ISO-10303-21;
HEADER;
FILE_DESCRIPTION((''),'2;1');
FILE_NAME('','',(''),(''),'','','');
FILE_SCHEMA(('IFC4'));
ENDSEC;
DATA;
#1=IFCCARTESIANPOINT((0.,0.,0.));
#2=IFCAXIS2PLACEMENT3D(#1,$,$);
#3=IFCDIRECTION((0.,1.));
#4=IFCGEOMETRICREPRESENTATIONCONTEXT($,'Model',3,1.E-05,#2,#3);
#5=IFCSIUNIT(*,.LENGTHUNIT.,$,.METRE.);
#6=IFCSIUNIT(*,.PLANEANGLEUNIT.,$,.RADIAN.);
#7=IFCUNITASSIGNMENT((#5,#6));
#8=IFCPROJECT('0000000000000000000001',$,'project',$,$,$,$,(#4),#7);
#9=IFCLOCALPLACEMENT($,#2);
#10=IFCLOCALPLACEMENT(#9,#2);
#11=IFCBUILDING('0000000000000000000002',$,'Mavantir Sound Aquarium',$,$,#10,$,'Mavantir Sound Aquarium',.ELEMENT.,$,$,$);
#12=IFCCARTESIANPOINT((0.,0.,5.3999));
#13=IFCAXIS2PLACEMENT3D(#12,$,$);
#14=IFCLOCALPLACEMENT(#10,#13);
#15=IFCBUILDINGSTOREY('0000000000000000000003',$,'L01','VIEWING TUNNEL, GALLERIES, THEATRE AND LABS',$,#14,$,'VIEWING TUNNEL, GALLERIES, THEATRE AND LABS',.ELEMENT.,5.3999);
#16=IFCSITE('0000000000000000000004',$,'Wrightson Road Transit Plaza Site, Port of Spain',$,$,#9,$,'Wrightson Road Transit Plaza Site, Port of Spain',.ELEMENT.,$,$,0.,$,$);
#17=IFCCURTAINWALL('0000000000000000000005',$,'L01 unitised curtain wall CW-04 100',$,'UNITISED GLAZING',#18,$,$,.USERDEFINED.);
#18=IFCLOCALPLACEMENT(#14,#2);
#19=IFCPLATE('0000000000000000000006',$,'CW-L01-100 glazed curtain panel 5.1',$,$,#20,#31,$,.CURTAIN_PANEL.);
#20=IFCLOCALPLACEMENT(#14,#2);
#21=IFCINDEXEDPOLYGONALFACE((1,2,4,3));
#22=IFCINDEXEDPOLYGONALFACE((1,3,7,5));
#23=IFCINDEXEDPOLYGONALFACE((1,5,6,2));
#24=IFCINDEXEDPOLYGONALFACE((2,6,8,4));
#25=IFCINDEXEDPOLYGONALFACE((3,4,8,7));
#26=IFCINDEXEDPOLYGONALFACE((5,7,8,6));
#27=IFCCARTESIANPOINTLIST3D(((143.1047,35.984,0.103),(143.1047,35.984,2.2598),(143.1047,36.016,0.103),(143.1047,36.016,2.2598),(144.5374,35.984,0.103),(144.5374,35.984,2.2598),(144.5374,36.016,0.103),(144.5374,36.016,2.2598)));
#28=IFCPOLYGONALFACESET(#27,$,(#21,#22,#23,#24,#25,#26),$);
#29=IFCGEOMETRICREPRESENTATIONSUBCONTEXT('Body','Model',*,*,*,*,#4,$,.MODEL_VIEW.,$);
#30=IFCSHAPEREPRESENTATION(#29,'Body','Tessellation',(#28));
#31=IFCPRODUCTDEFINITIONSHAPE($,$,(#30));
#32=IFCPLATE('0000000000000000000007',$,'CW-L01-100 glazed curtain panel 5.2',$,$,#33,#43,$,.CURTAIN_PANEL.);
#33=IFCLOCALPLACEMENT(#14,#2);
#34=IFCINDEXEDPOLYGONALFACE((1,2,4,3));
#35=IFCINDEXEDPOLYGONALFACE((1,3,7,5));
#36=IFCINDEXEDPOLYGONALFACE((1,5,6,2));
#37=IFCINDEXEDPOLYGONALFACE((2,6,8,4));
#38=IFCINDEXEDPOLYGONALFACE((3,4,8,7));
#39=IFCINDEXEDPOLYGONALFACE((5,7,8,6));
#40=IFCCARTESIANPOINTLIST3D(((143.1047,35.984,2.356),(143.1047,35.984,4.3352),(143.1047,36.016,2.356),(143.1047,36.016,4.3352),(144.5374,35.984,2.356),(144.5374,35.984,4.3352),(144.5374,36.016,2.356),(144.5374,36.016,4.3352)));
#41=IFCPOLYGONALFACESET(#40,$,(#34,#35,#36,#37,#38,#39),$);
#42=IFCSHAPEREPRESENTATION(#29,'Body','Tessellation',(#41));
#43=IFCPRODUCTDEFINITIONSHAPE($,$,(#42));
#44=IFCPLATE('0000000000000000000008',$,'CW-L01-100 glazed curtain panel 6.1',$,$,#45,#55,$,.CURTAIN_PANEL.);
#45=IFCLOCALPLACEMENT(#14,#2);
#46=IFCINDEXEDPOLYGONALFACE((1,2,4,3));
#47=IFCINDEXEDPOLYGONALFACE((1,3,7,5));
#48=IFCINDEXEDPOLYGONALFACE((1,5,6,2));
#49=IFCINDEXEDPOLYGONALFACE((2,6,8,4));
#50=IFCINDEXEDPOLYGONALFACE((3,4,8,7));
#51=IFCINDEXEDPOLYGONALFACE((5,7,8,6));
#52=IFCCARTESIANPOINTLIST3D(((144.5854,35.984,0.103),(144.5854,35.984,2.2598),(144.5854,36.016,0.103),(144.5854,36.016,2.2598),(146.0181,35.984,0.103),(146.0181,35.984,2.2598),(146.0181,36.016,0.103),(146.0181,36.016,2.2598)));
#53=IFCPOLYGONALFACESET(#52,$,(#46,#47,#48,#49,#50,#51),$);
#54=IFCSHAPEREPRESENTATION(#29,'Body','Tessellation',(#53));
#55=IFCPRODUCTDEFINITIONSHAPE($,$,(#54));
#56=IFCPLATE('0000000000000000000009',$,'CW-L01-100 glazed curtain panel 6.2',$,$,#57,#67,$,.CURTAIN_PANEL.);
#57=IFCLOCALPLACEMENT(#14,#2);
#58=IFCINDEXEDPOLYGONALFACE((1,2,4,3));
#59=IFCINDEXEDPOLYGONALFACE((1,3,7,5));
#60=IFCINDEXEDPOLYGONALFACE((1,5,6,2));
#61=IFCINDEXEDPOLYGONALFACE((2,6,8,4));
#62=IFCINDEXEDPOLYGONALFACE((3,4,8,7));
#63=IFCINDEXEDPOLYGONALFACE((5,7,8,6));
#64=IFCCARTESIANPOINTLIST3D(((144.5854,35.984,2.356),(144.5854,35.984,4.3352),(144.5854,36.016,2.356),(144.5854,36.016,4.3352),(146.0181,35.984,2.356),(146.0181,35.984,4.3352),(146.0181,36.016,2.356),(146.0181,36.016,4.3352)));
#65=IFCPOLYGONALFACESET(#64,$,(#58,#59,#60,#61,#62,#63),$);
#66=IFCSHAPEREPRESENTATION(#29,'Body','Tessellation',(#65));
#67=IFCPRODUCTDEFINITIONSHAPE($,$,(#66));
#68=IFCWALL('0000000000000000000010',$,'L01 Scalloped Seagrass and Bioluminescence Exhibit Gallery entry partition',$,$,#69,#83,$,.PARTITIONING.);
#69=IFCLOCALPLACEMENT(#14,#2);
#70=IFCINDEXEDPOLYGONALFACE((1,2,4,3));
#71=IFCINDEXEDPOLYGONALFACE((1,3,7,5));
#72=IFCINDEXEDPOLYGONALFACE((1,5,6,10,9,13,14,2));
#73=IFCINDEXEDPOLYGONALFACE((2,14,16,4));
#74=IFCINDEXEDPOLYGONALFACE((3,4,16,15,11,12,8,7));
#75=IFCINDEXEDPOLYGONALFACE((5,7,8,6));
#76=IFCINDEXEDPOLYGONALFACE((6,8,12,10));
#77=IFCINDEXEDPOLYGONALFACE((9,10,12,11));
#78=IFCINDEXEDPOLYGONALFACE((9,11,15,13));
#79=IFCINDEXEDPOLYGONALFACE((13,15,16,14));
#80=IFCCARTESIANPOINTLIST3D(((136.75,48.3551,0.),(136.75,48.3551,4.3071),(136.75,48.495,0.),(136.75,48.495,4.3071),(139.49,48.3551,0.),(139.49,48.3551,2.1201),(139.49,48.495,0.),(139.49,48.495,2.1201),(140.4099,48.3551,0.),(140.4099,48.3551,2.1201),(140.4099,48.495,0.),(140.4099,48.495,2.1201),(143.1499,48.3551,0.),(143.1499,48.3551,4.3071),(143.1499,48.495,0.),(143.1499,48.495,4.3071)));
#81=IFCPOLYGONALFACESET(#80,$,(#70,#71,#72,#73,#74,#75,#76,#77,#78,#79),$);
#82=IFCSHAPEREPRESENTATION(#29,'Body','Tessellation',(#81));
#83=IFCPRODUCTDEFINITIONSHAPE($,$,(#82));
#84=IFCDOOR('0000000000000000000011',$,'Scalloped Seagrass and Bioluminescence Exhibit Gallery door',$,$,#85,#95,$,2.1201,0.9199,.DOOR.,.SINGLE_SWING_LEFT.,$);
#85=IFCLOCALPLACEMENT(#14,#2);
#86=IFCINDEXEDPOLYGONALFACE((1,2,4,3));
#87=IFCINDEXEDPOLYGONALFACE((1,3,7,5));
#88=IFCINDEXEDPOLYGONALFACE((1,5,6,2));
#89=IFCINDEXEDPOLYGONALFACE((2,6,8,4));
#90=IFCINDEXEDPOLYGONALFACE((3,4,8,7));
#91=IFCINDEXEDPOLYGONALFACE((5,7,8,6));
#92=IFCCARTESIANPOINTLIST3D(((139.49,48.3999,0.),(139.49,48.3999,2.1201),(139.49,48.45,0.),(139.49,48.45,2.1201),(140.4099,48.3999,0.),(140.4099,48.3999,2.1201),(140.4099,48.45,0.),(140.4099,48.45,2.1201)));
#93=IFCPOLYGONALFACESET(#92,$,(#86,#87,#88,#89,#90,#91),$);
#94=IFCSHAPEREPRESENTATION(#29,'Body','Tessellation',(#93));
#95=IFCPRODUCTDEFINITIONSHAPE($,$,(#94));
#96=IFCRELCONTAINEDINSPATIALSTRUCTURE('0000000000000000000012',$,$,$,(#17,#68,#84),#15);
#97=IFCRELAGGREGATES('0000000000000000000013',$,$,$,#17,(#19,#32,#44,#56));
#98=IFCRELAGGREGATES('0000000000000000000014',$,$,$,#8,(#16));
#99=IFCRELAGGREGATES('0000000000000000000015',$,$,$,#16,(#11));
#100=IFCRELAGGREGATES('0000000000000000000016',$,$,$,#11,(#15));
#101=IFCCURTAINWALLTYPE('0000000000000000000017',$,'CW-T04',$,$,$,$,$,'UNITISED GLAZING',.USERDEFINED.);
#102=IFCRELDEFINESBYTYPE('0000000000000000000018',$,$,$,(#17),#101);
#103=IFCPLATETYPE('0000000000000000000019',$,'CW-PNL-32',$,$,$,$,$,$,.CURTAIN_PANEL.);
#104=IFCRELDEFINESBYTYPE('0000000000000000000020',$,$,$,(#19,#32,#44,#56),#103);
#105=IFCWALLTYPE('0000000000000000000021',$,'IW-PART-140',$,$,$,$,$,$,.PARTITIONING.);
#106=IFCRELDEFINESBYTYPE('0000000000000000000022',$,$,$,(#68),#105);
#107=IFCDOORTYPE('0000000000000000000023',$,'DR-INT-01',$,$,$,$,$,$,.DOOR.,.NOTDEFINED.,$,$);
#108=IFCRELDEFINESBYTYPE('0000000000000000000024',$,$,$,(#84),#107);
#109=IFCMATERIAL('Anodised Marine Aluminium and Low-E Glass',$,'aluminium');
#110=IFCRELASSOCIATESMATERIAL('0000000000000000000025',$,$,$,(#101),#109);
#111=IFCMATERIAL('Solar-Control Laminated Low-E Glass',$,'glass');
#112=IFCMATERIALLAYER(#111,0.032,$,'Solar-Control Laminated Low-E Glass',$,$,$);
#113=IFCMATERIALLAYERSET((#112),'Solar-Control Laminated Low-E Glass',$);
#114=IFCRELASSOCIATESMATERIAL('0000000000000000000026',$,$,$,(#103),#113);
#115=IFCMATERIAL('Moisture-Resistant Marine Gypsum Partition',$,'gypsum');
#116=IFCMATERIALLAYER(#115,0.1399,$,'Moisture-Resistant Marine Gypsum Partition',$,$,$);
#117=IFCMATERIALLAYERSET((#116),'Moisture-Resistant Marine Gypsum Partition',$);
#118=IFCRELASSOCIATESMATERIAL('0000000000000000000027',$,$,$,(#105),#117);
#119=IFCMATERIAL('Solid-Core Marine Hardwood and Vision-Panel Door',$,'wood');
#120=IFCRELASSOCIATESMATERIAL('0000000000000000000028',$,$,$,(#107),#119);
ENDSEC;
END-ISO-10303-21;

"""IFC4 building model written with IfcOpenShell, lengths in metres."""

from ifc_helpers import new_model, si_unit, direction, frame, frame_2d, origin, origin_2d, place, context, subcontext, project, spatial, rectangle, extrude, material, layer, layer_set, type_object, element, fill, aggregate, save


model = new_model("IFC4")

# Units and contexts
model_context = context("Model", 3, precision=1e-05, world=origin(), true_north=direction((0.0, 1.0)))
body_context = subcontext(model_context, "Body", "Model", "MODEL_VIEW")
ifc_project = project(units=[si_unit("LENGTHUNIT", "METRE"), si_unit("PLANEANGLEUNIT", "RADIAN")], contexts=[model_context])

# Site, building, storey
site_placement = place(None, origin())
site = spatial("IfcSite", under=ifc_project, at=site_placement, Name="Wrightson Road Transit Plaza Site, Port of Spain", LongName="Wrightson Road Transit Plaza Site, Port of Spain", CompositionType="ELEMENT", RefElevation=0.0)
building_placement = place(site_placement, origin())
building = spatial("IfcBuilding", under=site, at=building_placement, Name="Mavantir Sound Aquarium", LongName="Mavantir Sound Aquarium", CompositionType="ELEMENT")
storey_placement = place(building_placement, frame((0.0, 0.0, 5.3999)))
storey = spatial("IfcBuildingStorey", under=building, at=storey_placement, Name="L01", Description="VIEWING TUNNEL, GALLERIES, THEATRE AND LABS", LongName="VIEWING TUNNEL, GALLERIES, THEATRE AND LABS", CompositionType="ELEMENT", Elevation=5.3999)

# Curtain wall, plates
ifc_material_1 = material(Name="Anodised Marine Aluminium and Low-E Glass", Category="aluminium")
curtain_wall_type = type_object("IfcCurtainWallType", Name="CW-T04", ElementType="UNITISED GLAZING", PredefinedType="USERDEFINED", material=ifc_material_1)
curtain_wall_placement = place(storey_placement, origin())
curtain_wall = element("IfcCurtainWall", 1, at=curtain_wall_placement, inside=storey, type_object=curtain_wall_type, Name="L01 unitised curtain wall CW-04 100", ObjectType="UNITISED GLAZING", PredefinedType="USERDEFINED")
ifc_material_2 = material(Name="Solar-Control Laminated Low-E Glass", Category="glass")
ifc_layer_1 = layer(ifc_material_2, 0.032, Name="Solar-Control Laminated Low-E Glass")
ifc_layer_set_1 = layer_set([ifc_layer_1], Name="Solar-Control Laminated Low-E Glass")
plate_type = type_object("IfcPlateType", Name="CW-PNL-32", PredefinedType="CURTAIN_PANEL", material=ifc_layer_set_1)
plate_1_placement = place(storey_placement, frame((143.821, 36.0, 0.103), z_axis=(0.0, 0.0, 1.0), x_axis=(1.0, 0.0, 0.0)))
plate_1 = element("IfcPlate", 2, at=plate_1_placement, type_object=plate_type, Name="CW-L01-100 glazed curtain panel 5.1", PredefinedType="CURTAIN_PANEL", context=body_context, shape_type="SweptSolid", body=[
    extrude(rectangle(XDim=1.4326, YDim=0.032, at=origin_2d()), origin(), (0.0, 0.0, 1.0), 2.1567),
])
plate_2_placement = place(storey_placement, frame((143.821, 36.0, 2.356), z_axis=(0.0, 0.0, 1.0), x_axis=(1.0, 0.0, 0.0)))
plate_2 = element("IfcPlate", 3, at=plate_2_placement, type_object=plate_type, Name="CW-L01-100 glazed curtain panel 5.2", PredefinedType="CURTAIN_PANEL", context=body_context, shape_type="SweptSolid", body=[
    extrude(rectangle(XDim=1.4326, YDim=0.032, at=origin_2d()), origin(), (0.0, 0.0, 1.0), 1.9792),
])
plate_3_placement = place(storey_placement, frame((145.3018, 36.0, 0.103), z_axis=(0.0, 0.0, 1.0), x_axis=(1.0, 0.0, 0.0)))
plate_3 = element("IfcPlate", 4, at=plate_3_placement, type_object=plate_type, Name="CW-L01-100 glazed curtain panel 6.1", PredefinedType="CURTAIN_PANEL", context=body_context, shape_type="SweptSolid", body=[
    extrude(rectangle(XDim=1.4326, YDim=0.032, at=origin_2d()), origin(), (0.0, 0.0, 1.0), 2.1567),
])
plate_4_placement = place(storey_placement, frame((145.3018, 36.0, 2.356), z_axis=(0.0, 0.0, 1.0), x_axis=(1.0, 0.0, 0.0)))
plate_4 = element("IfcPlate", 5, at=plate_4_placement, type_object=plate_type, Name="CW-L01-100 glazed curtain panel 6.2", PredefinedType="CURTAIN_PANEL", context=body_context, shape_type="SweptSolid", body=[
    extrude(rectangle(XDim=1.4326, YDim=0.032, at=origin_2d()), origin(), (0.0, 0.0, 1.0), 1.9792),
])
aggregate(curtain_wall, [plate_1, plate_2, plate_3, plate_4])

# Wall, opening, door
ifc_material_3 = material(Name="Moisture-Resistant Marine Gypsum Partition", Category="gypsum")
ifc_layer_2 = layer(ifc_material_3, 0.1399, Name="Moisture-Resistant Marine Gypsum Partition")
ifc_layer_set_2 = layer_set([ifc_layer_2], Name="Moisture-Resistant Marine Gypsum Partition")
wall_type = type_object("IfcWallType", Name="IW-PART-140", PredefinedType="PARTITIONING", material=ifc_layer_set_2)
wall_placement = place(storey_placement, frame((136.75, 48.425, 0.0), z_axis=(0.0, 0.0, 1.0), x_axis=(1.0, 0.0, 0.0)))
wall = element("IfcWall", 6, at=wall_placement, inside=storey, type_object=wall_type, Name="L01 Scalloped Seagrass and Bioluminescence Exhibit Gallery entry partition", PredefinedType="PARTITIONING", context=body_context, shape_type="SweptSolid", body=[
    extrude(rectangle(XDim=6.3999, YDim=0.1399, at=frame_2d((3.2, 0.0))), origin(), (0.0, 0.0, 1.0), 4.3071),
])
opening_placement = place(wall_placement, frame((2.74, 0.0, 0.0)))
opening = element("IfcOpeningElement", 7, at=opening_placement, cuts=wall, PredefinedType="OPENING", context=body_context, shape_type="SweptSolid", body=[
    extrude(rectangle(XDim=0.9199, YDim=2.1201, at=frame_2d((0.46, 1.0601))), frame((0.0, 0.0801, 0.0), z_axis=(0.0, -1.0, 0.0), x_axis=(1.0, 0.0, 0.0)), (0.0, 0.0, 1.0), 0.1599),
])
ifc_material_4 = material(Name="Solid-Core Marine Hardwood and Vision-Panel Door", Category="wood")
door_type = type_object("IfcDoorType", Name="DR-INT-01", OperationType="NOTDEFINED", PredefinedType="DOOR", material=ifc_material_4)
door_placement = place(opening_placement, origin())
door = element("IfcDoor", 8, at=door_placement, inside=storey, type_object=door_type, Name="Scalloped Seagrass and Bioluminescence Exhibit Gallery door", OperationType="SINGLE_SWING_LEFT", OverallHeight=2.1201, OverallWidth=0.9199, PredefinedType="DOOR", context=body_context, shape_type="SweptSolid", body=[
    extrude(rectangle(XDim=0.9199, YDim=2.1201, at=frame_2d((0.46, 1.0601))), frame((0.0, 0.0249, 0.0), z_axis=(0.0, -1.0, 0.0), x_axis=(1.0, 0.0, 0.0)), (0.0, 0.0, 1.0), 0.05),
])
fill(opening, door)

save(model, "model.ifc")
